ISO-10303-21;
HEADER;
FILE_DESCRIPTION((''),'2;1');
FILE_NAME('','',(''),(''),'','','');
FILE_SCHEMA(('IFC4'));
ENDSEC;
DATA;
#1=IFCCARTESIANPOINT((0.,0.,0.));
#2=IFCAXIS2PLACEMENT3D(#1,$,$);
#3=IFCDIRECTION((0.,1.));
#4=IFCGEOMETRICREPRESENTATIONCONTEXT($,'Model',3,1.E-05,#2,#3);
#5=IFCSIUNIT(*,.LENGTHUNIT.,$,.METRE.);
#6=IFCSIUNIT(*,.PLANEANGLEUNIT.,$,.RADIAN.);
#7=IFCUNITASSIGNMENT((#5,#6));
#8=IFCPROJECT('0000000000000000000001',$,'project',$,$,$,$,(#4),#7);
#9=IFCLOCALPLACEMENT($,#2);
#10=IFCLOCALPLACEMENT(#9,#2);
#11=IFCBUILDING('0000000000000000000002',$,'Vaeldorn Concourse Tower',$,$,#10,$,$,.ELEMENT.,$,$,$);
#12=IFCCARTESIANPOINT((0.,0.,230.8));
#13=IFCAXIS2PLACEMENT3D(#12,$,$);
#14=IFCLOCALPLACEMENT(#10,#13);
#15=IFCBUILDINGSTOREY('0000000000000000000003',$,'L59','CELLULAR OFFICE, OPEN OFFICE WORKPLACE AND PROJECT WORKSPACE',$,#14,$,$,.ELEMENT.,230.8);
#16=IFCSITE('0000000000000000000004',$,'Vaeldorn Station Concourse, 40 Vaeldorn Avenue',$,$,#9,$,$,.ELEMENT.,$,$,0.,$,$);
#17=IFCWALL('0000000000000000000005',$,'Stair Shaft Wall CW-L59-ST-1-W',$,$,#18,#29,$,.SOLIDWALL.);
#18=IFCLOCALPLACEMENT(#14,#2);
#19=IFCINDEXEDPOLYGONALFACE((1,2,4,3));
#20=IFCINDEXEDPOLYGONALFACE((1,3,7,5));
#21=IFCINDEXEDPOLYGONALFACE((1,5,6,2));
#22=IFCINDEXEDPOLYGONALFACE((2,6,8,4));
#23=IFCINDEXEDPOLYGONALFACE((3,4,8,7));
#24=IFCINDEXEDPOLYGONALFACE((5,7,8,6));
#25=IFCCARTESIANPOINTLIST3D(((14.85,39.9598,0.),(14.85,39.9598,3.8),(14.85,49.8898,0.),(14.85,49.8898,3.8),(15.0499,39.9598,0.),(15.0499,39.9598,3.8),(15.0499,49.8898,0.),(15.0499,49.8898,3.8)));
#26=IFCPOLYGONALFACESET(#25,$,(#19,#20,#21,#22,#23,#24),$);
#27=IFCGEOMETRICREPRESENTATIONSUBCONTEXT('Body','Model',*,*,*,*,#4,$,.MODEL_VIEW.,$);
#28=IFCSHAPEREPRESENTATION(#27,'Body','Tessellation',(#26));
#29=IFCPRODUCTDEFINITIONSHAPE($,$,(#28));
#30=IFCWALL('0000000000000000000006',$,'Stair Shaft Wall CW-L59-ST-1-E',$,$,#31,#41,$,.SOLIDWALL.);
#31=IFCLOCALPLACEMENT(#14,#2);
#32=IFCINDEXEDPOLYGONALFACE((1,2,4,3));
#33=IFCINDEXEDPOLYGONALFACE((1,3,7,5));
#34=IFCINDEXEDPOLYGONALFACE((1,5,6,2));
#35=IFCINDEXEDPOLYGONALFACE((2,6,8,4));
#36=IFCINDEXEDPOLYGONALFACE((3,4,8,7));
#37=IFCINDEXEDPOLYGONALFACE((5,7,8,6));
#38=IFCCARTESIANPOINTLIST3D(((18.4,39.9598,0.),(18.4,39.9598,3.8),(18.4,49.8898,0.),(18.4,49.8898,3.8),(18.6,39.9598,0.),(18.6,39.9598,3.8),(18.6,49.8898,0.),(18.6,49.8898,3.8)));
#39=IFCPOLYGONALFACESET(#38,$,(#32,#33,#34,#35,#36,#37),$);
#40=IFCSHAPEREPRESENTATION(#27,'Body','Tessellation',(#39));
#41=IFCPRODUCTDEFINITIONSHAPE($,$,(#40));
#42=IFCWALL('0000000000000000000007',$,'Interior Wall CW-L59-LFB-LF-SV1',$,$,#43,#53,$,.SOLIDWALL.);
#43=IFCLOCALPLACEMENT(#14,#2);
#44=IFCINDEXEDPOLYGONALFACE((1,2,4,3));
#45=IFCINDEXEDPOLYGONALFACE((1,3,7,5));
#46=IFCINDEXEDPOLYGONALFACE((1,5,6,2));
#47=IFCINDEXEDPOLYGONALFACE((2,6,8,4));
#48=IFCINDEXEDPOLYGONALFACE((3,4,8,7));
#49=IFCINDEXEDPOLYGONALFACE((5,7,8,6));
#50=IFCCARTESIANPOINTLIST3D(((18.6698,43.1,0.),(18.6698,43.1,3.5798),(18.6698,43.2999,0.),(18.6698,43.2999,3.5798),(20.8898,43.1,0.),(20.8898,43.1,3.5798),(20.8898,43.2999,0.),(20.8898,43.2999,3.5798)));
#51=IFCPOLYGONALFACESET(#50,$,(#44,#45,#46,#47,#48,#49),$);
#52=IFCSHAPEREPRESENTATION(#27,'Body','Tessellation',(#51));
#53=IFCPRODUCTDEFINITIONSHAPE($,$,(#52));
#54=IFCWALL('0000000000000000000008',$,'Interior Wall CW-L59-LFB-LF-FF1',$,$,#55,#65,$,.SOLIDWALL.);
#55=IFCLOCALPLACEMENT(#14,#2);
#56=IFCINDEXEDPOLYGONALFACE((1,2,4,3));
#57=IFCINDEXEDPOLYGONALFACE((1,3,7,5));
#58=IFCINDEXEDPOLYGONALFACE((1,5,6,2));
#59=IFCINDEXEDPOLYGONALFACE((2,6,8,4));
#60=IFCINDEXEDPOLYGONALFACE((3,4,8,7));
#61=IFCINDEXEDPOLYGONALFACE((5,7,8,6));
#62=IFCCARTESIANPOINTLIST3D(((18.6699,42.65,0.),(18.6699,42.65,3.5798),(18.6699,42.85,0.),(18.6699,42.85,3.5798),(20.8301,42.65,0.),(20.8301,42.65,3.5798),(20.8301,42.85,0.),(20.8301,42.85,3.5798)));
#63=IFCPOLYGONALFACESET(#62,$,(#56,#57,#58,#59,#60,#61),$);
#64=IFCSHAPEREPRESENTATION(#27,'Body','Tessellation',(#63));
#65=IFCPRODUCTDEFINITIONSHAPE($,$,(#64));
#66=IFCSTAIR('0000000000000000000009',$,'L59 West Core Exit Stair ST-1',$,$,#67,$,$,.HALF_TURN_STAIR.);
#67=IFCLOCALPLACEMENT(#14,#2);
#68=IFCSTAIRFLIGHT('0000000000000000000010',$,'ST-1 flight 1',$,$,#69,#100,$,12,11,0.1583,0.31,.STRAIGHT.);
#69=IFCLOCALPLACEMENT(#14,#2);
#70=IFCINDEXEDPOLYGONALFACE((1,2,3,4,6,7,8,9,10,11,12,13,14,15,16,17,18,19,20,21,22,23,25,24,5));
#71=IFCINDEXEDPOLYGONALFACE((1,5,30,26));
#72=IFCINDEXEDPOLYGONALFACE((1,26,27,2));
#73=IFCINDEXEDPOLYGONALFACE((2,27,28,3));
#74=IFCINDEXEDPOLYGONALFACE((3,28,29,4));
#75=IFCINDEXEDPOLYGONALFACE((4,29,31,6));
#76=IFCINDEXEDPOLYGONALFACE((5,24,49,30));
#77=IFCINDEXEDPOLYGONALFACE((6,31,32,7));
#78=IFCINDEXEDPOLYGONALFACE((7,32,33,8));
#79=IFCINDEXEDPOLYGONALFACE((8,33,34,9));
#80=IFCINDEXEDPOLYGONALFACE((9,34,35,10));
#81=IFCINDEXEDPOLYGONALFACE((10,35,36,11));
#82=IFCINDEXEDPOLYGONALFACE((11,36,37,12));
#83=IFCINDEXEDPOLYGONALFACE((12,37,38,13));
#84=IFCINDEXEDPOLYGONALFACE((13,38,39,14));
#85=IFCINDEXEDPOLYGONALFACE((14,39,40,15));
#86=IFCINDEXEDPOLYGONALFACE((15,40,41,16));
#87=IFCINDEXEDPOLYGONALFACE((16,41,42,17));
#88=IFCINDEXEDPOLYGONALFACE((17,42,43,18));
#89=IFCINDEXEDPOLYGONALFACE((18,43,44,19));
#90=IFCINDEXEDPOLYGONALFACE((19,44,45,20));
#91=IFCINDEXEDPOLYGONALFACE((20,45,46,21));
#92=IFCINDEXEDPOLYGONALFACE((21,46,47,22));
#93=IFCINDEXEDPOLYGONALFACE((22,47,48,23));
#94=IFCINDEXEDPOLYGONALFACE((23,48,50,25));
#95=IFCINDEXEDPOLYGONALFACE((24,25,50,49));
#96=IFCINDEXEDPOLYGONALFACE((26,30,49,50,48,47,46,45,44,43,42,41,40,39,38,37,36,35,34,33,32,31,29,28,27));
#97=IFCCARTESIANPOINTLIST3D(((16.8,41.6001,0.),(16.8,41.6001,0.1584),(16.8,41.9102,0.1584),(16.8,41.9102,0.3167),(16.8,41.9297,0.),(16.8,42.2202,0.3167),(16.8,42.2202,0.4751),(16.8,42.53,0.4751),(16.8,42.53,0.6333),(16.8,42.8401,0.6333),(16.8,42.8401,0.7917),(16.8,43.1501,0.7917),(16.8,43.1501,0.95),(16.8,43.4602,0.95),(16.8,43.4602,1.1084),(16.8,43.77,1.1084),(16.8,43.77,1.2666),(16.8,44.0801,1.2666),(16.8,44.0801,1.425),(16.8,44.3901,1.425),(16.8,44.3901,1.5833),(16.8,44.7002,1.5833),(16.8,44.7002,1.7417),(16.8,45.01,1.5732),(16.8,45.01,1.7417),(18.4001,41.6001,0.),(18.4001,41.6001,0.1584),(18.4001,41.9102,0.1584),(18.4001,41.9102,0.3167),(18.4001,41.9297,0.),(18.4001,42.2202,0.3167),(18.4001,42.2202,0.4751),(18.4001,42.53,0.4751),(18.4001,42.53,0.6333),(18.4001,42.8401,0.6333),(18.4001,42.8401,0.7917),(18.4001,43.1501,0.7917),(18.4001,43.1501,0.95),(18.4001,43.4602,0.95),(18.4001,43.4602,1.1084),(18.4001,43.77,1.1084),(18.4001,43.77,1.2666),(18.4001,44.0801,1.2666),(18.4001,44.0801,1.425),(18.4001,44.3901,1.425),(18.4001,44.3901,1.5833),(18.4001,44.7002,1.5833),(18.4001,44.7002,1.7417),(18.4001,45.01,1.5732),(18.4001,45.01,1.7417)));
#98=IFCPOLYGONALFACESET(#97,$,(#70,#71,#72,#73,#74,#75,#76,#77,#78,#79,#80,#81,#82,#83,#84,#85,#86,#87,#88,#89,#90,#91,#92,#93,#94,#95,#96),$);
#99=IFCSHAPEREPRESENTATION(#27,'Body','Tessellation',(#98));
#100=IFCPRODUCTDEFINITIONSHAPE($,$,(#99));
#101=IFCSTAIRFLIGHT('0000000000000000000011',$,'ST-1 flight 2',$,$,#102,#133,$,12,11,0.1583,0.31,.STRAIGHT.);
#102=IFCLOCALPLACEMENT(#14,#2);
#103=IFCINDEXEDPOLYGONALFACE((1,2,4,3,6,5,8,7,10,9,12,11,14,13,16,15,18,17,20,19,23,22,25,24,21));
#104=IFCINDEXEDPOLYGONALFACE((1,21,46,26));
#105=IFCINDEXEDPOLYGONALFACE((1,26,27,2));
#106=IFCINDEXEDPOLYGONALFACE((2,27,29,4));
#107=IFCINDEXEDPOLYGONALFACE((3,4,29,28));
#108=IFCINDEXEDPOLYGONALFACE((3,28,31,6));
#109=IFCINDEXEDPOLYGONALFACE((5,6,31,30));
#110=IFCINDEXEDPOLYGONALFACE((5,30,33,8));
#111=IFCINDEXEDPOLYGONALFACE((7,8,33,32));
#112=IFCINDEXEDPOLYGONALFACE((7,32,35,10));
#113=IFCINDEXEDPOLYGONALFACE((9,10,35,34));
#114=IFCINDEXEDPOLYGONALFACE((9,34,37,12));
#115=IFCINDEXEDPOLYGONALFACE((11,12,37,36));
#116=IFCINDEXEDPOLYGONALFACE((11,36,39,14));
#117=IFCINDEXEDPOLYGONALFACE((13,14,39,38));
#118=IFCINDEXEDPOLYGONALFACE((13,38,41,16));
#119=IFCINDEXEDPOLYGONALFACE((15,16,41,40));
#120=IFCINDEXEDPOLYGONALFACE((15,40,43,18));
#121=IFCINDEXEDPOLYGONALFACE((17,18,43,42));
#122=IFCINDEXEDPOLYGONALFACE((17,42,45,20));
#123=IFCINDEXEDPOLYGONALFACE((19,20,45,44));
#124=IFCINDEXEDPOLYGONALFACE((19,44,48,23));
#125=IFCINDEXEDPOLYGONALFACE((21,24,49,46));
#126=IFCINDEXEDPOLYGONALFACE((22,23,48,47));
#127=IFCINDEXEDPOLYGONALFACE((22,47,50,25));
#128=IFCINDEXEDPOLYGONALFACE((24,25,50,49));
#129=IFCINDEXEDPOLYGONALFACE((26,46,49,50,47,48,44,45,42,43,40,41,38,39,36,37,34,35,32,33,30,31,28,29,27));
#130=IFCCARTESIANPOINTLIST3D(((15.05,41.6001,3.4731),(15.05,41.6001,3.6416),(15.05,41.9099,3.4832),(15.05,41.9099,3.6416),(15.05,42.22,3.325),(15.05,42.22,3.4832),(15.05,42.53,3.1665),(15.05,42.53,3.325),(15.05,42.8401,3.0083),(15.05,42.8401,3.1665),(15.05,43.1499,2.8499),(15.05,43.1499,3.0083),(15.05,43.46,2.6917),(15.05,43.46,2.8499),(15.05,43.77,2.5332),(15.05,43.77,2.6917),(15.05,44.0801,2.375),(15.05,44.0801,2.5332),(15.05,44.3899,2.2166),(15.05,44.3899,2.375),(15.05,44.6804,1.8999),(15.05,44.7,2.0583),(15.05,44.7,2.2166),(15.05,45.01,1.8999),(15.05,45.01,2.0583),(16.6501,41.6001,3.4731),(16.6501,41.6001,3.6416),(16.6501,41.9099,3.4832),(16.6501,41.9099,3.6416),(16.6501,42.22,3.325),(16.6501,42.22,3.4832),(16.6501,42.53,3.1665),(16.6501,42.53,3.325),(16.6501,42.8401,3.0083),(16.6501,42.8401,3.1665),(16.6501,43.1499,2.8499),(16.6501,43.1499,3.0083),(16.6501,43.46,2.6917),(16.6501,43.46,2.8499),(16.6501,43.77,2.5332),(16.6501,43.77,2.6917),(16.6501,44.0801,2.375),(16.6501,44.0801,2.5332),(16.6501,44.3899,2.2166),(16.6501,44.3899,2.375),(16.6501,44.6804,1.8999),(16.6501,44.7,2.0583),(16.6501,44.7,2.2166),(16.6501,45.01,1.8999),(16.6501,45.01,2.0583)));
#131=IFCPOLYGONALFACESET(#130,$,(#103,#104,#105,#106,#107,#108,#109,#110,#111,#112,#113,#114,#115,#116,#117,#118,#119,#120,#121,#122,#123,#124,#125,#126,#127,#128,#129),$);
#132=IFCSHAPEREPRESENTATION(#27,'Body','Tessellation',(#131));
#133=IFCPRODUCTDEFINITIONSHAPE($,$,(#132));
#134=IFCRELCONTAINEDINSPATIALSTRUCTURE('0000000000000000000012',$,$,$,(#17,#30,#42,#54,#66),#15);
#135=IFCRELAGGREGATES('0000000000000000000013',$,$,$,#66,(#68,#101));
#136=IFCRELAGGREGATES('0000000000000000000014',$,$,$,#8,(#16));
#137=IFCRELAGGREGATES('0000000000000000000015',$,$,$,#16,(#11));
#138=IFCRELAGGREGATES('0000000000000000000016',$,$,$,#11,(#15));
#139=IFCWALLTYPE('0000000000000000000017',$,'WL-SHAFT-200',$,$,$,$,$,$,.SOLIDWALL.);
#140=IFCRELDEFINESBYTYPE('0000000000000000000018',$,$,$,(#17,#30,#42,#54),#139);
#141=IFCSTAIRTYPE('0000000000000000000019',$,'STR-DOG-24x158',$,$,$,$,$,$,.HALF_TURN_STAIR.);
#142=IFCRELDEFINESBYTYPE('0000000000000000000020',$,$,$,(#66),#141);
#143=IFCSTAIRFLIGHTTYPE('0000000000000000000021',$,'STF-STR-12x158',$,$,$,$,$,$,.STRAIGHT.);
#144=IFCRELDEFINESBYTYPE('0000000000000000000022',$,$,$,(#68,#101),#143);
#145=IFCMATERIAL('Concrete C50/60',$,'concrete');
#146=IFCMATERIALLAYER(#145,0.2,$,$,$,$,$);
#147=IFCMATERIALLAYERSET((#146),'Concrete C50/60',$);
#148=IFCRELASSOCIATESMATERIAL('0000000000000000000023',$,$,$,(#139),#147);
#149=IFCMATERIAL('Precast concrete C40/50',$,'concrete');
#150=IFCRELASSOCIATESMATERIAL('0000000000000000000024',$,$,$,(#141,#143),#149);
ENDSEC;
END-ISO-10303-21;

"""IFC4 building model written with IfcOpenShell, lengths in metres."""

from ifc_helpers import new_model, si_unit, direction, frame, frame_2d, origin, place, context, subcontext, project, spatial, polyline, rectangle, outline, extrude, material, layer, layer_set, type_object, element, aggregate, save


model = new_model("IFC4")

# Units and contexts
model_context = context("Model", 3, precision=1e-05, world=origin(), true_north=direction((0.0, 1.0)))
body_context = subcontext(model_context, "Body", "Model", "MODEL_VIEW")
ifc_project = project(units=[si_unit("LENGTHUNIT", "METRE"), si_unit("PLANEANGLEUNIT", "RADIAN")], contexts=[model_context])

# Site, building, storey
site_placement = place(None, origin())
site = spatial("IfcSite", under=ifc_project, at=site_placement, Name="Vaeldorn Station Concourse, 40 Vaeldorn Avenue", CompositionType="ELEMENT", RefElevation=0.0)
building_placement = place(site_placement, origin())
building = spatial("IfcBuilding", under=site, at=building_placement, Name="Vaeldorn Concourse Tower", CompositionType="ELEMENT")
storey_placement = place(building_placement, frame((0.0, 0.0, 230.8)))
storey = spatial("IfcBuildingStorey", under=building, at=storey_placement, Name="L59", Description="CELLULAR OFFICE, OPEN OFFICE WORKPLACE AND PROJECT WORKSPACE", CompositionType="ELEMENT", Elevation=230.8)

# Shared definitions
ifc_material_1 = material(Name="Concrete C50/60", Category="concrete")

# Walls
ifc_layer_1 = layer(ifc_material_1, 0.2)
ifc_layer_set_1 = layer_set([ifc_layer_1], Name="Concrete C50/60")
wall_type_1 = type_object("IfcWallType", Name="WL-SHAFT-200", PredefinedType="SOLIDWALL", material=ifc_layer_set_1)
for number, where, z_axis, x_axis, name in (
    (1, (14.95, 39.96, 0.0), (0.0, 0.0, 1.0), (0.0, 1.0, 0.0), "Stair Shaft Wall CW-L59-ST-1-W"),
    (2, (18.5, 39.96, 0.0), (0.0, 0.0, 1.0), (0.0, 1.0, 0.0), "Stair Shaft Wall CW-L59-ST-1-E"),
):
    element("IfcWall", number, at=place(storey_placement, frame(where, z_axis=z_axis, x_axis=x_axis)), inside=storey, type_object=wall_type_1, Name=name, PredefinedType="SOLIDWALL", context=body_context, shape_type="SweptSolid", body=[
        extrude(rectangle(XDim=9.9299, YDim=0.2, at=frame_2d((4.9648, 0.0))), origin(), (0.0, 0.0, 1.0), 3.8),
    ])

# Walls
wall_1_placement = place(storey_placement, frame((18.6699, 43.2, 0.0), z_axis=(0.0, 0.0, 1.0), x_axis=(1.0, 0.0, 0.0)))
element("IfcWall", 3, at=wall_1_placement, inside=storey, type_object=wall_type_1, Name="Interior Wall CW-L59-LFB-LF-SV1", PredefinedType="SOLIDWALL", context=body_context, shape_type="SweptSolid", body=[
    extrude(rectangle(XDim=2.22, YDim=0.2, at=frame_2d((1.1099, 0.0))), origin(), (0.0, 0.0, 1.0), 3.5798),
])
wall_2_placement = place(storey_placement, frame((18.6699, 42.75, 0.0), z_axis=(0.0, 0.0, 1.0), x_axis=(1.0, 0.0, 0.0)))
element("IfcWall", 4, at=wall_2_placement, inside=storey, type_object=wall_type_1, Name="Interior Wall CW-L59-LFB-LF-FF1", PredefinedType="SOLIDWALL", context=body_context, shape_type="SweptSolid", body=[
    extrude(rectangle(XDim=2.1602, YDim=0.2, at=frame_2d((1.0801, 0.0))), origin(), (0.0, 0.0, 1.0), 3.5798),
])

# Stair, stair flights
ifc_material_2 = material(Name="Precast concrete C40/50", Category="concrete")
stair_type = type_object("IfcStairType", Name="STR-DOG-24x158", PredefinedType="HALF_TURN_STAIR", material=ifc_material_2)
stair_placement = place(storey_placement, origin())
stair = element("IfcStair", 5, at=stair_placement, inside=storey, type_object=stair_type, Name="L59 West Core Exit Stair ST-1", PredefinedType="HALF_TURN_STAIR")
stair_flight_type = type_object("IfcStairFlightType", Name="STF-STR-12x158", PredefinedType="STRAIGHT", material=ifc_material_2)
stair_flight_1_placement = place(storey_placement, frame((17.6001, 41.6001, 0.0), z_axis=(0.0, 0.0, 1.0), x_axis=(0.0, 1.0, 0.0)))
stair_flight_1 = element("IfcStairFlight", 6, at=stair_flight_1_placement, type_object=stair_flight_type, Name="ST-1 flight 1", NumberOfRisers=12, NumberOfTreads=11, PredefinedType="STRAIGHT", RiserHeight=0.1583, TreadLength=0.31, context=body_context, shape_type="SweptSolid", body=[
    extrude(outline(polyline([(0.0, 0.0), (0.0, 0.1584), (0.3101, 0.1584), (0.3101, 0.3167), (0.6201, 0.3167), (0.6201, 0.4751), (0.9299, 0.4751), (0.9299, 0.6333), (1.24, 0.6333), (1.24, 0.7917), (1.55, 0.7917), (1.55, 0.95), (1.8601, 0.95), (1.8601, 1.1084), (2.1699, 1.1084), (2.1699, 1.2666), (2.48, 1.2666), (2.48, 1.425), (2.79, 1.425), (2.79, 1.5833), (3.1001, 1.5833), (3.1001, 1.7417), (3.4099, 1.7417), (3.4099, 1.8999), (3.4099, 1.5732), (0.3296, 0.0), (0.0, 0.0)])), frame((0.0, 0.8, 0.0), z_axis=(0.0, -1.0, 0.0), x_axis=(1.0, 0.0, 0.0)), (0.0, 0.0, 1.0), 1.6001),
])
stair_flight_2_placement = place(storey_placement, frame((15.8501, 45.01, 1.8999), z_axis=(0.0, 0.0, 1.0), x_axis=(0.0, -1.0, 0.0)))
stair_flight_2 = element("IfcStairFlight", 7, at=stair_flight_2_placement, type_object=stair_flight_type, Name="ST-1 flight 2", NumberOfRisers=12, NumberOfTreads=11, PredefinedType="STRAIGHT", RiserHeight=0.1583, TreadLength=0.31, context=body_context, shape_type="SweptSolid", body=[
    extrude(outline(polyline([(0.0, 0.0), (0.0, 0.1584), (0.3101, 0.1584), (0.3101, 0.3167), (0.6201, 0.3167), (0.6201, 0.4751), (0.9299, 0.4751), (0.9299, 0.6333), (1.24, 0.6333), (1.24, 0.7917), (1.55, 0.7917), (1.55, 0.95), (1.8601, 0.95), (1.8601, 1.1084), (2.1699, 1.1084), (2.1699, 1.2666), (2.48, 1.2666), (2.48, 1.425), (2.79, 1.425), (2.79, 1.5833), (3.1001, 1.5833), (3.1001, 1.7417), (3.4099, 1.7417), (3.4099, 1.8999), (3.4099, 1.5732), (0.3296, 0.0), (0.0, 0.0)])), frame((0.0, 0.8, 0.0), z_axis=(0.0, -1.0, 0.0), x_axis=(1.0, 0.0, 0.0)), (0.0, 0.0, 1.0), 1.6001),
])
aggregate(stair, [stair_flight_1, stair_flight_2])

save(model, "model.ifc")
